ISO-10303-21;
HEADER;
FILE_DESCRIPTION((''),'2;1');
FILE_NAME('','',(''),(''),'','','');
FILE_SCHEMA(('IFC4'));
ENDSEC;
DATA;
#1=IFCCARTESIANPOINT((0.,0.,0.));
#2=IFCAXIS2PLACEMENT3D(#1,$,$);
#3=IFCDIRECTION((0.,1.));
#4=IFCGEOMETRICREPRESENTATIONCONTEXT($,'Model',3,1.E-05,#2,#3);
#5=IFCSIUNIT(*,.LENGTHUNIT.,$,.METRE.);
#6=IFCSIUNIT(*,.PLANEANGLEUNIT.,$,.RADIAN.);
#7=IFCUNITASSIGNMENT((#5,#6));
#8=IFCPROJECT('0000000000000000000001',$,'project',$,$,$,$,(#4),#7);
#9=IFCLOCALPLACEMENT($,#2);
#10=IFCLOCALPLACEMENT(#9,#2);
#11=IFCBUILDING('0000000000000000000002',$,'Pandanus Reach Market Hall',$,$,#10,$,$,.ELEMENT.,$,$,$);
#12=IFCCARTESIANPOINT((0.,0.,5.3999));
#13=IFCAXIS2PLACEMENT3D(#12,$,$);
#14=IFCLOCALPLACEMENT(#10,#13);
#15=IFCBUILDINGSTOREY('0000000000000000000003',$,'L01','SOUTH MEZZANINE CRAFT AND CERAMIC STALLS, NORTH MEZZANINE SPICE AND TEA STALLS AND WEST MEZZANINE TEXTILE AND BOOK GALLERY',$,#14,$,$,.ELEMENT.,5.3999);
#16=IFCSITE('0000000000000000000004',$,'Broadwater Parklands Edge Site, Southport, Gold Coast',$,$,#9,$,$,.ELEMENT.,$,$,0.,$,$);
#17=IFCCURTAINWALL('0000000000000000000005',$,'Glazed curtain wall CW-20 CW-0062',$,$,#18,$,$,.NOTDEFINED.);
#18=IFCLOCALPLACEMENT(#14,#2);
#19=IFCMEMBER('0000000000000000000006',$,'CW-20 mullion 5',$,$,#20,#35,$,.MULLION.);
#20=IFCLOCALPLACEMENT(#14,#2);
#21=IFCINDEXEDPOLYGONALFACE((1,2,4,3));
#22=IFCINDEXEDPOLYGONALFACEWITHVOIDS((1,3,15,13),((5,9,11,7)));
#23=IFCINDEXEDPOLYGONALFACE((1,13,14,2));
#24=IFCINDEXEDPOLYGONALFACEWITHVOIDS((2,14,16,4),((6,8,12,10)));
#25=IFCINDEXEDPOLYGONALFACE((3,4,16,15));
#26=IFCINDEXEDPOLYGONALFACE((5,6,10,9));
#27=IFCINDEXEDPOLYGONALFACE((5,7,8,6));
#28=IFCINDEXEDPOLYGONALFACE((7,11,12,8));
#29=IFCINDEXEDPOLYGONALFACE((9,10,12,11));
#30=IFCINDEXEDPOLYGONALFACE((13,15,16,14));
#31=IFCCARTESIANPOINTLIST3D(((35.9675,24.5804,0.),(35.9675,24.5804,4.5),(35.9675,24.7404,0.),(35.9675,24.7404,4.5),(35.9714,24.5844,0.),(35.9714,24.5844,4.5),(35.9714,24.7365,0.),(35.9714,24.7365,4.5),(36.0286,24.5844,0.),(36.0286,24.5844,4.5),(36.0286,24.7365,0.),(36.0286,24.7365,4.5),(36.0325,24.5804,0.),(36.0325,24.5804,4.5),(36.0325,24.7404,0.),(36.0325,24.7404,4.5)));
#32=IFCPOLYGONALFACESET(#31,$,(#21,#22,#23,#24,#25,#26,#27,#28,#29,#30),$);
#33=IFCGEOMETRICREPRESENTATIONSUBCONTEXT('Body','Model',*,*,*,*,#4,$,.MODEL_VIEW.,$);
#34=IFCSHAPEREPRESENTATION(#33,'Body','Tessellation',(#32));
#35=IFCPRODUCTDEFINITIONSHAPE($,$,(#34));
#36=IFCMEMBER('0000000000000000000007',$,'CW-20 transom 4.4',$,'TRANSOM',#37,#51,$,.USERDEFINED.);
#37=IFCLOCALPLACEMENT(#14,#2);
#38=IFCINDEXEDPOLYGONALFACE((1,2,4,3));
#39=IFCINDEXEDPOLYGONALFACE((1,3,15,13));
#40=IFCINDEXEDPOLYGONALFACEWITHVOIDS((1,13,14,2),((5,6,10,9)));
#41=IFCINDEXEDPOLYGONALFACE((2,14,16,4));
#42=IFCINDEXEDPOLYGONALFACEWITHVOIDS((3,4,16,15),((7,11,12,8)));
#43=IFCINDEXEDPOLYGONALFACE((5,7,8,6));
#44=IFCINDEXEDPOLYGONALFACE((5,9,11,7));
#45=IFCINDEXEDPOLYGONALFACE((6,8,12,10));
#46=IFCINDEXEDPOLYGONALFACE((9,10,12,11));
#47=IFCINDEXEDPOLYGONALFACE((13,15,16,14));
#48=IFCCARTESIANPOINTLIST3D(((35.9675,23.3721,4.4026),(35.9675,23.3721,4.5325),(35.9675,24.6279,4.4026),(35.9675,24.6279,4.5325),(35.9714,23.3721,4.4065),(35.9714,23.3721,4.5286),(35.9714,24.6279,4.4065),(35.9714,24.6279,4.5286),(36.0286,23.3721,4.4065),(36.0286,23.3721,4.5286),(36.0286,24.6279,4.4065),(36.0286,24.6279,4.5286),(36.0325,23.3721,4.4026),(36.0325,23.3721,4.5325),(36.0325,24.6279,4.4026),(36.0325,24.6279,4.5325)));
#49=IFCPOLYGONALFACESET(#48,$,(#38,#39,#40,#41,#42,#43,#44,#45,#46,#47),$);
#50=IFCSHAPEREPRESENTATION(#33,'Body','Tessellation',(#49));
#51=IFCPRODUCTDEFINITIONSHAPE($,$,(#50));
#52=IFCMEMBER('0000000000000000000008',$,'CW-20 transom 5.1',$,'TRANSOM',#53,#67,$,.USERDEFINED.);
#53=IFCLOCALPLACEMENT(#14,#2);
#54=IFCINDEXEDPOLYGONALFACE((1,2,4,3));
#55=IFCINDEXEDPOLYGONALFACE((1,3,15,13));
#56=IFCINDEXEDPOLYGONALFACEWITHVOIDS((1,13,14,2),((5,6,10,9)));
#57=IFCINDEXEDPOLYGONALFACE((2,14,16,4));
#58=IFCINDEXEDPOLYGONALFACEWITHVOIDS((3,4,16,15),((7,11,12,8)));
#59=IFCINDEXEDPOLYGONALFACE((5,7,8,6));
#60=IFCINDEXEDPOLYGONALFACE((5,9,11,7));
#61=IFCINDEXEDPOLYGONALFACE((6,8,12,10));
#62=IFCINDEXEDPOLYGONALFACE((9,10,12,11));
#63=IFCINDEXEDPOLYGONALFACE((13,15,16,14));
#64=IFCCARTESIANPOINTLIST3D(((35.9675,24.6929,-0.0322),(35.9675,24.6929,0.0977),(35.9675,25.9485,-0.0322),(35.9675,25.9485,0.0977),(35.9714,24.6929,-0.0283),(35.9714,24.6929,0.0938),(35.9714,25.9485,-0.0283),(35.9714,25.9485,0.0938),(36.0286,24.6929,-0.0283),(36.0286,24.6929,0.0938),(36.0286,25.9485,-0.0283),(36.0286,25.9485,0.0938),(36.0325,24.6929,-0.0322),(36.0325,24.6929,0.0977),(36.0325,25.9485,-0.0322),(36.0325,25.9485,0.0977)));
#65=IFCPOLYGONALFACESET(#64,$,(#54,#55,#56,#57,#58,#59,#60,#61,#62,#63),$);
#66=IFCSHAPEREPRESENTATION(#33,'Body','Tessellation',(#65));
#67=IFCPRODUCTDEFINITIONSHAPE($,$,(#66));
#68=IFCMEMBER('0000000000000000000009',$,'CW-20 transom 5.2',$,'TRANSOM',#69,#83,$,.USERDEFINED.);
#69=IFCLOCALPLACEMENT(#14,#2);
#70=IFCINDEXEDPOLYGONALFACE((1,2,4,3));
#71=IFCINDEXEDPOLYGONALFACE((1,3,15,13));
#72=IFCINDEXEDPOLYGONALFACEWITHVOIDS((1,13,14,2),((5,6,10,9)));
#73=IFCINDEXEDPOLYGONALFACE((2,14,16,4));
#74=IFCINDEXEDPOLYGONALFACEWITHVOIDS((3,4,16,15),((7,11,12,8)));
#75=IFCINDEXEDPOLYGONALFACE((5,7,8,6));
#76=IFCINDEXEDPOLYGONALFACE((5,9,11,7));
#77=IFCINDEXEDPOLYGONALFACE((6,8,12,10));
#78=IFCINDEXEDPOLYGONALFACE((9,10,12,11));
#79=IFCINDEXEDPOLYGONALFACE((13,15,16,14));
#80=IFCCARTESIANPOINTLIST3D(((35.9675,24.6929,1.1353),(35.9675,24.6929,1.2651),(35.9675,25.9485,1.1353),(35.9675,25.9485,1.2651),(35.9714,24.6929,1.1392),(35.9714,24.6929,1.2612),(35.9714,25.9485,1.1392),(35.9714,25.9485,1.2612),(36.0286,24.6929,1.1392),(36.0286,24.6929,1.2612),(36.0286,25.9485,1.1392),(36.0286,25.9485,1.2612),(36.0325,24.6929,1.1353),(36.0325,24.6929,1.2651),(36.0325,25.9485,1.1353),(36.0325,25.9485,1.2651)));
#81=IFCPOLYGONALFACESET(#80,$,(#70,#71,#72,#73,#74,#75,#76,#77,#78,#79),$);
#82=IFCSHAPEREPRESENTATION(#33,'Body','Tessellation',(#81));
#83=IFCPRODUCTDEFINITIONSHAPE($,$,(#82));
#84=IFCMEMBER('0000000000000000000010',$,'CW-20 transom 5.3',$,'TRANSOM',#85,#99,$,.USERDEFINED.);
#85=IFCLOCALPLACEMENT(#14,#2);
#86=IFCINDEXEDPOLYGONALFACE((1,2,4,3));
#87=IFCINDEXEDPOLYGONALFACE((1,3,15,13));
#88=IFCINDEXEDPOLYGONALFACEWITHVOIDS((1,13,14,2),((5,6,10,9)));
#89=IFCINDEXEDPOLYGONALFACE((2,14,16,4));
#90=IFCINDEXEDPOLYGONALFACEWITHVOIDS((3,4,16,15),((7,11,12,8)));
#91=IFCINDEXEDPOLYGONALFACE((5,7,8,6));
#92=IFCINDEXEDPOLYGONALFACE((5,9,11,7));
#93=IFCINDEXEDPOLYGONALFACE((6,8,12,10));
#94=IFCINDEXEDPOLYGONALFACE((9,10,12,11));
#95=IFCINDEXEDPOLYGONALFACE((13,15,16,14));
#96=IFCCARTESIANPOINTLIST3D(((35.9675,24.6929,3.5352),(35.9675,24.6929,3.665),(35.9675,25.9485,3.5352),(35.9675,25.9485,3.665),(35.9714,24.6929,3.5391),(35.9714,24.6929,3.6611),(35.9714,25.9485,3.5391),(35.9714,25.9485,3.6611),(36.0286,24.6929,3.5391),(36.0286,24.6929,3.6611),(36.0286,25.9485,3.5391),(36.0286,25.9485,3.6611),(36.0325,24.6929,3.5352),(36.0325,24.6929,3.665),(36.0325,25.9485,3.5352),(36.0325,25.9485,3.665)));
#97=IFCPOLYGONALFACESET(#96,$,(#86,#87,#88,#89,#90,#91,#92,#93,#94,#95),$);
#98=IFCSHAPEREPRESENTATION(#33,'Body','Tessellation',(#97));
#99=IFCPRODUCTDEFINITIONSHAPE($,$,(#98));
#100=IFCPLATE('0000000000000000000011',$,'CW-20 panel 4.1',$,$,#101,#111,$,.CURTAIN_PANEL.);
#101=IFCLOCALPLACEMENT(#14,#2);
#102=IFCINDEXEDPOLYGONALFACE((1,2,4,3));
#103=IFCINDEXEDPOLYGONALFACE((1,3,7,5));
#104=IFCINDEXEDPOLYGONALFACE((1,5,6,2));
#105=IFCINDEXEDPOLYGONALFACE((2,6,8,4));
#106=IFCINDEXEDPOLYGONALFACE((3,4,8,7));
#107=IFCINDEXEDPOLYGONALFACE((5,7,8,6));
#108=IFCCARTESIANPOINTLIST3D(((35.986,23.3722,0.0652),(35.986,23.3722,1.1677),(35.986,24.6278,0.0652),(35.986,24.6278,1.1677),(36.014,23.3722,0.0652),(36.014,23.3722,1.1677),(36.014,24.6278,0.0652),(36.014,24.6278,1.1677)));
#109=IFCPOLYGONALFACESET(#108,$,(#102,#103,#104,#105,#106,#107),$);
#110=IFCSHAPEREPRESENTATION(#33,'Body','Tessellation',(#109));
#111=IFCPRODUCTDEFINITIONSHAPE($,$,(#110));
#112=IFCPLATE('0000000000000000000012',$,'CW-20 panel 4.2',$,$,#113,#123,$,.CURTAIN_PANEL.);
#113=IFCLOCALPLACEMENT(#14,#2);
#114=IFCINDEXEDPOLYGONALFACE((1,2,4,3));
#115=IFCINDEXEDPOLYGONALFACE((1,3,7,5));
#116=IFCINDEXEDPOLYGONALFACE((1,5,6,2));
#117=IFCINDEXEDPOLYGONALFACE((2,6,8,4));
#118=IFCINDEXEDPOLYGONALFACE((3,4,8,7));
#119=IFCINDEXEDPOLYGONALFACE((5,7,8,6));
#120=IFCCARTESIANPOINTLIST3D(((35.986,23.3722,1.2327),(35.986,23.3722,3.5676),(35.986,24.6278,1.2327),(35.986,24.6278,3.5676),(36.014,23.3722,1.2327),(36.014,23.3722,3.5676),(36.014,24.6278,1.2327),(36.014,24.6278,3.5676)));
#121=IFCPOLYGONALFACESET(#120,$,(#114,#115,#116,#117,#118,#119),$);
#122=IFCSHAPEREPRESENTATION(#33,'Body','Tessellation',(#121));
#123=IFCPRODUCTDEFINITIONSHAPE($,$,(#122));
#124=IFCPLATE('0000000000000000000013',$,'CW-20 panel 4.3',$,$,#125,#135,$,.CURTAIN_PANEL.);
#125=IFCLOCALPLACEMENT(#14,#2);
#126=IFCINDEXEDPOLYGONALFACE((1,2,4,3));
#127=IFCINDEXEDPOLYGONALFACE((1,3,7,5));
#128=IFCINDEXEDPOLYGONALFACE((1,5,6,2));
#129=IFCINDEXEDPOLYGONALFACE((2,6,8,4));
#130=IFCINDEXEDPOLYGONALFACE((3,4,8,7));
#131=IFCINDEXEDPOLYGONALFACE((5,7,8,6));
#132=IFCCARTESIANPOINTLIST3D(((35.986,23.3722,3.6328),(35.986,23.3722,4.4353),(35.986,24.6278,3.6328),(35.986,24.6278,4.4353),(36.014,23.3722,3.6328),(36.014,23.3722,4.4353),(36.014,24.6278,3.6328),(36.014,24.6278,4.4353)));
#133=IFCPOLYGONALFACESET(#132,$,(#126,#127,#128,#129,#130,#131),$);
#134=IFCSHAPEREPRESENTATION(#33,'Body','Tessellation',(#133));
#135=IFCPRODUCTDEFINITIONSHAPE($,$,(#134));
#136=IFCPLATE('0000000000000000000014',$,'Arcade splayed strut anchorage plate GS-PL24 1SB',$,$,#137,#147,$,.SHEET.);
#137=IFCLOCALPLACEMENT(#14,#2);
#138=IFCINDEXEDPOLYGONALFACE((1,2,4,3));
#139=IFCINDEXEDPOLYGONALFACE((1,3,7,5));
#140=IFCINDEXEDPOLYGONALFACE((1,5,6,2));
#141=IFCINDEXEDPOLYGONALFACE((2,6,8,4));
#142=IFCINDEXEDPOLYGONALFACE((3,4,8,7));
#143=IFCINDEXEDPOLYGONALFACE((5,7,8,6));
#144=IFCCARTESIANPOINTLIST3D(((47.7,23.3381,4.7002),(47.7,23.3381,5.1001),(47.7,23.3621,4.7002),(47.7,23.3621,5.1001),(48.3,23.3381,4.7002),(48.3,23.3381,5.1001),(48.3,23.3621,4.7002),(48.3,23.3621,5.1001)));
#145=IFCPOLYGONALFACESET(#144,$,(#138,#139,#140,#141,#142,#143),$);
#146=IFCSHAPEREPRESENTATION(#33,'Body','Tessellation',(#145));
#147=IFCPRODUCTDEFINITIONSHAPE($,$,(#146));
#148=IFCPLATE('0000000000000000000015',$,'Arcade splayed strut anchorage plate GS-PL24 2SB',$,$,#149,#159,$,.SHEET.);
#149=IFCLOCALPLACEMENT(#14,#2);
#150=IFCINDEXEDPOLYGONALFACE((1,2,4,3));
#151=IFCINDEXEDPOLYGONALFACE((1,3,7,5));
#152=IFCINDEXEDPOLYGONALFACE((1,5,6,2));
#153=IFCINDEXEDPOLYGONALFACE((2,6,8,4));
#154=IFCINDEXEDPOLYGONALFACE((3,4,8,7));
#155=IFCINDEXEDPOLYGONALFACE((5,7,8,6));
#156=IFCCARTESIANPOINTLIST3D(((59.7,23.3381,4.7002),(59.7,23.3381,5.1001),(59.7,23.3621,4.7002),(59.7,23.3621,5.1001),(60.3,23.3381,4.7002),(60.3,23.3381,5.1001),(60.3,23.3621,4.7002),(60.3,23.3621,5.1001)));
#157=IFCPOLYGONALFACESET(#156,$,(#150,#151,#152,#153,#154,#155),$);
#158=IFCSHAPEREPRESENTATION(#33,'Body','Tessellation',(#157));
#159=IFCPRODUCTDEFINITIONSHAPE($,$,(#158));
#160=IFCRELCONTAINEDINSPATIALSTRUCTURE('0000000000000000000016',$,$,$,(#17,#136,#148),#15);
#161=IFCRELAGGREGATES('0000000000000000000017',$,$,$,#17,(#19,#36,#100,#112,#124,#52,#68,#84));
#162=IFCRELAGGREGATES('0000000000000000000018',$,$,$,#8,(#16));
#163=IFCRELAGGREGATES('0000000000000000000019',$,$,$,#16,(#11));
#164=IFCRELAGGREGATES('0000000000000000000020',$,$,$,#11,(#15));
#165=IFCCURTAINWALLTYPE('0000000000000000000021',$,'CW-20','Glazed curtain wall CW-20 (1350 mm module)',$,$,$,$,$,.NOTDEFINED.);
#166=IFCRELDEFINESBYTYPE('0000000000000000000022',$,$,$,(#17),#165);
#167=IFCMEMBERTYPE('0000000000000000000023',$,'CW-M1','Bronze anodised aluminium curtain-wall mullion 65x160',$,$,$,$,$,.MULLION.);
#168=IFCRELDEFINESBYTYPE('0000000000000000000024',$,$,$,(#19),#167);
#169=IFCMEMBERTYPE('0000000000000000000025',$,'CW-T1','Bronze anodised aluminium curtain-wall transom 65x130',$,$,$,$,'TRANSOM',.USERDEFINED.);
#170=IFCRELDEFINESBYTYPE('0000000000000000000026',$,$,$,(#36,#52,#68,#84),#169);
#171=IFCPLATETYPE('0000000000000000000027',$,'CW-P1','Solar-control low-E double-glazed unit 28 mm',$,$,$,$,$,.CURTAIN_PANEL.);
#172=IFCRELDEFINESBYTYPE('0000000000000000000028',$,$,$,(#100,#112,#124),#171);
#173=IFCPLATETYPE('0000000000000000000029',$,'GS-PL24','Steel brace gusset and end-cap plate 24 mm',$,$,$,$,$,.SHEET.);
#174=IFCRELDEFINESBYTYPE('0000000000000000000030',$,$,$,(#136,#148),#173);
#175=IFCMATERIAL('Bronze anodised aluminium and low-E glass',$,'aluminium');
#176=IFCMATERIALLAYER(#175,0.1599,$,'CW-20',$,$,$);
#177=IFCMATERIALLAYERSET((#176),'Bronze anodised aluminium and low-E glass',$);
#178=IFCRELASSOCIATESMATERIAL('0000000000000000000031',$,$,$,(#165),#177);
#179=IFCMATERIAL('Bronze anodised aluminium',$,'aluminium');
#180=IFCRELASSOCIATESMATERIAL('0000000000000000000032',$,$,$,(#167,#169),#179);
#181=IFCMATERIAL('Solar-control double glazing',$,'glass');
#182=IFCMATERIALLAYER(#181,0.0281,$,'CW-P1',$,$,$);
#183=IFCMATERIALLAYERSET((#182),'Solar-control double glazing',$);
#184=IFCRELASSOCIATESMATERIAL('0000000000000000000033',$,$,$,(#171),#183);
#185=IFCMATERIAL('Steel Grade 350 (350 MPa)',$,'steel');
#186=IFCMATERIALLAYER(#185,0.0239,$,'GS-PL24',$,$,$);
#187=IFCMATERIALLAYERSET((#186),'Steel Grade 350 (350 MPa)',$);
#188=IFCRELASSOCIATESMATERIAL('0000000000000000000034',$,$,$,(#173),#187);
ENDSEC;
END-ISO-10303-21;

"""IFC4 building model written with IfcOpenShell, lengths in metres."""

from ifc_helpers import new_model, si_unit, direction, frame, origin, origin_2d, place, context, subcontext, project, spatial, rectangle, hollow_rectangle, extrude, material, layer, layer_set, material_profile, profile_set, type_object, element, aggregate, save


model = new_model("IFC4")

# Units and contexts
model_context = context("Model", 3, precision=1e-05, world=origin(), true_north=direction((0.0, 1.0)))
body_context = subcontext(model_context, "Body", "Model", "MODEL_VIEW")
ifc_project = project(units=[si_unit("LENGTHUNIT", "METRE"), si_unit("PLANEANGLEUNIT", "RADIAN")], contexts=[model_context])

# Site, building, storey
site_placement = place(None, origin())
site = spatial("IfcSite", under=ifc_project, at=site_placement, Name="Broadwater Parklands Edge Site, Southport, Gold Coast", CompositionType="ELEMENT", RefElevation=0.0)
building_placement = place(site_placement, origin())
building = spatial("IfcBuilding", under=site, at=building_placement, Name="Pandanus Reach Market Hall", CompositionType="ELEMENT")
storey_placement = place(building_placement, frame((0.0, 0.0, 5.3999)))
storey = spatial("IfcBuildingStorey", under=building, at=storey_placement, Name="L01", Description="SOUTH MEZZANINE CRAFT AND CERAMIC STALLS, NORTH MEZZANINE SPICE AND TEA STALLS AND WEST MEZZANINE TEXTILE AND BOOK GALLERY", CompositionType="ELEMENT", Elevation=5.3999)

# Shared definitions
ifc_material_1 = material(Name="Steel Grade 350 (350 MPa)", Category="steel")

# Curtain wall, members, plates
ifc_material_2 = material(Name="Bronze anodised aluminium and low-E glass", Category="aluminium")
ifc_layer_1 = layer(ifc_material_2, 0.1599, Name="CW-20")
ifc_layer_set_1 = layer_set([ifc_layer_1], Name="Bronze anodised aluminium and low-E glass")
curtain_wall_type = type_object("IfcCurtainWallType", Name="CW-20", Description="Glazed curtain wall CW-20 (1350 mm module)", PredefinedType="NOTDEFINED", material=ifc_layer_set_1)
curtain_wall_placement = place(storey_placement, origin())
curtain_wall = element("IfcCurtainWall", 1, at=curtain_wall_placement, inside=storey, type_object=curtain_wall_type, Name="Glazed curtain wall CW-20 CW-0062", PredefinedType="NOTDEFINED")
ifc_material_3 = material(Name="Bronze anodised aluminium", Category="aluminium")
ifc_material_profile_1 = material_profile(ifc_material_3, hollow_rectangle(XDim=0.0649, YDim=0.1599, WallThickness=0.0039, at=origin_2d()), Name="ALU65x160", Category="LoadBearing")
ifc_profile_set_1 = profile_set([ifc_material_profile_1], Name="Bronze anodised aluminium")
member_type_1 = type_object("IfcMemberType", Name="CW-M1", Description="Bronze anodised aluminium curtain-wall mullion 65x160", PredefinedType="MULLION", material=ifc_profile_set_1)
member_1_placement = place(storey_placement, frame((36.0, 24.6604, 0.0), z_axis=(0.0, 0.0, 1.0), x_axis=(-1.0, 0.0, 0.0)))
member_1 = element("IfcMember", 2, at=member_1_placement, type_object=member_type_1, Name="CW-20 mullion 5", PredefinedType="MULLION", context=body_context, shape_type="SweptSolid", body=[
    extrude(hollow_rectangle(XDim=0.0649, YDim=0.1599, WallThickness=0.0039, at=origin_2d()), origin(), (0.0, 0.0, 1.0), 4.5),
])
ifc_material_profile_2 = material_profile(ifc_material_3, hollow_rectangle(XDim=0.0649, YDim=0.1299, WallThickness=0.0039, at=origin_2d()), Name="ALU65x130", Category="LoadBearing")
ifc_profile_set_2 = profile_set([ifc_material_profile_2], Name="Bronze anodised aluminium")
member_type_2 = type_object("IfcMemberType", Name="CW-T1", Description="Bronze anodised aluminium curtain-wall transom 65x130", ElementType="TRANSOM", PredefinedType="USERDEFINED", material=ifc_profile_set_2)
member_2_placement = place(storey_placement, frame((36.0, 23.3721, 4.4675), z_axis=(0.0, 1.0, 0.0), x_axis=(-1.0, 0.0, 0.0)))
member_2 = element("IfcMember", 3, at=member_2_placement, type_object=member_type_2, Name="CW-20 transom 4.4", ObjectType="TRANSOM", PredefinedType="USERDEFINED", context=body_context, shape_type="SweptSolid", body=[
    extrude(hollow_rectangle(XDim=0.0649, YDim=0.1299, WallThickness=0.0039, at=origin_2d()), origin(), (0.0, 0.0, 1.0), 1.2559),
])
member_3_placement = place(storey_placement, frame((36.0, 24.6929, 0.0327), z_axis=(0.0, 1.0, 0.0), x_axis=(-1.0, 0.0, 0.0)))
member_3 = element("IfcMember", 4, at=member_3_placement, type_object=member_type_2, Name="CW-20 transom 5.1", ObjectType="TRANSOM", PredefinedType="USERDEFINED", context=body_context, shape_type="SweptSolid", body=[
    extrude(hollow_rectangle(XDim=0.0649, YDim=0.1299, WallThickness=0.0039, at=origin_2d()), origin(), (0.0, 0.0, 1.0), 1.2556),
])
member_4_placement = place(storey_placement, frame((36.0, 24.6929, 1.2002), z_axis=(0.0, 1.0, 0.0), x_axis=(-1.0, 0.0, 0.0)))
member_4 = element("IfcMember", 5, at=member_4_placement, type_object=member_type_2, Name="CW-20 transom 5.2", ObjectType="TRANSOM", PredefinedType="USERDEFINED", context=body_context, shape_type="SweptSolid", body=[
    extrude(hollow_rectangle(XDim=0.0649, YDim=0.1299, WallThickness=0.0039, at=origin_2d()), origin(), (0.0, 0.0, 1.0), 1.2556),
])
member_5_placement = place(storey_placement, frame((36.0, 24.6929, 3.6001), z_axis=(0.0, 1.0, 0.0), x_axis=(-1.0, 0.0, 0.0)))
member_5 = element("IfcMember", 6, at=member_5_placement, type_object=member_type_2, Name="CW-20 transom 5.3", ObjectType="TRANSOM", PredefinedType="USERDEFINED", context=body_context, shape_type="SweptSolid", body=[
    extrude(hollow_rectangle(XDim=0.0649, YDim=0.1299, WallThickness=0.0039, at=origin_2d()), origin(), (0.0, 0.0, 1.0), 1.2556),
])
ifc_material_4 = material(Name="Solar-control double glazing", Category="glass")
ifc_layer_2 = layer(ifc_material_4, 0.0281, Name="CW-P1")
ifc_layer_set_2 = layer_set([ifc_layer_2], Name="Solar-control double glazing")
plate_type_1 = type_object("IfcPlateType", Name="CW-P1", Description="Solar-control low-E double-glazed unit 28 mm", PredefinedType="CURTAIN_PANEL", material=ifc_layer_set_2)
plate_1_placement = place(storey_placement, frame((36.0, 24.0, 0.0652), z_axis=(0.0, 0.0, 1.0), x_axis=(0.0, 1.0, 0.0)))
plate_1 = element("IfcPlate", 7, at=plate_1_placement, type_object=plate_type_1, Name="CW-20 panel 4.1", PredefinedType="CURTAIN_PANEL", context=body_context, shape_type="SweptSolid", body=[
    extrude(rectangle(XDim=1.2556, YDim=0.0281, at=origin_2d()), origin(), (0.0, 0.0, 1.0), 1.1025),
])
plate_2_placement = place(storey_placement, frame((36.0, 24.0, 1.2327), z_axis=(0.0, 0.0, 1.0), x_axis=(0.0, 1.0, 0.0)))
plate_2 = element("IfcPlate", 8, at=plate_2_placement, type_object=plate_type_1, Name="CW-20 panel 4.2", PredefinedType="CURTAIN_PANEL", context=body_context, shape_type="SweptSolid", body=[
    extrude(rectangle(XDim=1.2556, YDim=0.0281, at=origin_2d()), origin(), (0.0, 0.0, 1.0), 2.335),
])
plate_3_placement = place(storey_placement, frame((36.0, 24.0, 3.6328), z_axis=(0.0, 0.0, 1.0), x_axis=(0.0, 1.0, 0.0)))
plate_3 = element("IfcPlate", 9, at=plate_3_placement, type_object=plate_type_1, Name="CW-20 panel 4.3", PredefinedType="CURTAIN_PANEL", context=body_context, shape_type="SweptSolid", body=[
    extrude(rectangle(XDim=1.2556, YDim=0.0281, at=origin_2d()), origin(), (0.0, 0.0, 1.0), 0.8025),
])
aggregate(curtain_wall, [member_1, member_2, plate_1, plate_2, plate_3, member_3, member_4, member_5])

# Plates
ifc_layer_3 = layer(ifc_material_1, 0.0239, Name="GS-PL24")
ifc_layer_set_3 = layer_set([ifc_layer_3], Name="Steel Grade 350 (350 MPa)")
plate_type_2 = type_object("IfcPlateType", Name="GS-PL24", Description="Steel brace gusset and end-cap plate 24 mm", PredefinedType="SHEET", material=ifc_layer_set_3)
for number, where, z_axis, x_axis, name in (
    (10, (48.0, 23.3501, 4.7002), (0.0, 0.0, 1.0), (1.0, 0.0, 0.0), "Arcade splayed strut anchorage plate GS-PL24 1SB"),
    (11, (60.0, 23.3501, 4.7002), (0.0, 0.0, 1.0), (1.0, 0.0, 0.0), "Arcade splayed strut anchorage plate GS-PL24 2SB"),
):
    element("IfcPlate", number, at=place(storey_placement, frame(where, z_axis=z_axis, x_axis=x_axis)), inside=storey, type_object=plate_type_2, Name=name, PredefinedType="SHEET", context=body_context, shape_type="SweptSolid", body=[
        extrude(rectangle(XDim=0.6001, YDim=0.0239, at=origin_2d()), origin(), (0.0, 0.0, 1.0), 0.3999),
    ])

save(model, "model.ifc")
